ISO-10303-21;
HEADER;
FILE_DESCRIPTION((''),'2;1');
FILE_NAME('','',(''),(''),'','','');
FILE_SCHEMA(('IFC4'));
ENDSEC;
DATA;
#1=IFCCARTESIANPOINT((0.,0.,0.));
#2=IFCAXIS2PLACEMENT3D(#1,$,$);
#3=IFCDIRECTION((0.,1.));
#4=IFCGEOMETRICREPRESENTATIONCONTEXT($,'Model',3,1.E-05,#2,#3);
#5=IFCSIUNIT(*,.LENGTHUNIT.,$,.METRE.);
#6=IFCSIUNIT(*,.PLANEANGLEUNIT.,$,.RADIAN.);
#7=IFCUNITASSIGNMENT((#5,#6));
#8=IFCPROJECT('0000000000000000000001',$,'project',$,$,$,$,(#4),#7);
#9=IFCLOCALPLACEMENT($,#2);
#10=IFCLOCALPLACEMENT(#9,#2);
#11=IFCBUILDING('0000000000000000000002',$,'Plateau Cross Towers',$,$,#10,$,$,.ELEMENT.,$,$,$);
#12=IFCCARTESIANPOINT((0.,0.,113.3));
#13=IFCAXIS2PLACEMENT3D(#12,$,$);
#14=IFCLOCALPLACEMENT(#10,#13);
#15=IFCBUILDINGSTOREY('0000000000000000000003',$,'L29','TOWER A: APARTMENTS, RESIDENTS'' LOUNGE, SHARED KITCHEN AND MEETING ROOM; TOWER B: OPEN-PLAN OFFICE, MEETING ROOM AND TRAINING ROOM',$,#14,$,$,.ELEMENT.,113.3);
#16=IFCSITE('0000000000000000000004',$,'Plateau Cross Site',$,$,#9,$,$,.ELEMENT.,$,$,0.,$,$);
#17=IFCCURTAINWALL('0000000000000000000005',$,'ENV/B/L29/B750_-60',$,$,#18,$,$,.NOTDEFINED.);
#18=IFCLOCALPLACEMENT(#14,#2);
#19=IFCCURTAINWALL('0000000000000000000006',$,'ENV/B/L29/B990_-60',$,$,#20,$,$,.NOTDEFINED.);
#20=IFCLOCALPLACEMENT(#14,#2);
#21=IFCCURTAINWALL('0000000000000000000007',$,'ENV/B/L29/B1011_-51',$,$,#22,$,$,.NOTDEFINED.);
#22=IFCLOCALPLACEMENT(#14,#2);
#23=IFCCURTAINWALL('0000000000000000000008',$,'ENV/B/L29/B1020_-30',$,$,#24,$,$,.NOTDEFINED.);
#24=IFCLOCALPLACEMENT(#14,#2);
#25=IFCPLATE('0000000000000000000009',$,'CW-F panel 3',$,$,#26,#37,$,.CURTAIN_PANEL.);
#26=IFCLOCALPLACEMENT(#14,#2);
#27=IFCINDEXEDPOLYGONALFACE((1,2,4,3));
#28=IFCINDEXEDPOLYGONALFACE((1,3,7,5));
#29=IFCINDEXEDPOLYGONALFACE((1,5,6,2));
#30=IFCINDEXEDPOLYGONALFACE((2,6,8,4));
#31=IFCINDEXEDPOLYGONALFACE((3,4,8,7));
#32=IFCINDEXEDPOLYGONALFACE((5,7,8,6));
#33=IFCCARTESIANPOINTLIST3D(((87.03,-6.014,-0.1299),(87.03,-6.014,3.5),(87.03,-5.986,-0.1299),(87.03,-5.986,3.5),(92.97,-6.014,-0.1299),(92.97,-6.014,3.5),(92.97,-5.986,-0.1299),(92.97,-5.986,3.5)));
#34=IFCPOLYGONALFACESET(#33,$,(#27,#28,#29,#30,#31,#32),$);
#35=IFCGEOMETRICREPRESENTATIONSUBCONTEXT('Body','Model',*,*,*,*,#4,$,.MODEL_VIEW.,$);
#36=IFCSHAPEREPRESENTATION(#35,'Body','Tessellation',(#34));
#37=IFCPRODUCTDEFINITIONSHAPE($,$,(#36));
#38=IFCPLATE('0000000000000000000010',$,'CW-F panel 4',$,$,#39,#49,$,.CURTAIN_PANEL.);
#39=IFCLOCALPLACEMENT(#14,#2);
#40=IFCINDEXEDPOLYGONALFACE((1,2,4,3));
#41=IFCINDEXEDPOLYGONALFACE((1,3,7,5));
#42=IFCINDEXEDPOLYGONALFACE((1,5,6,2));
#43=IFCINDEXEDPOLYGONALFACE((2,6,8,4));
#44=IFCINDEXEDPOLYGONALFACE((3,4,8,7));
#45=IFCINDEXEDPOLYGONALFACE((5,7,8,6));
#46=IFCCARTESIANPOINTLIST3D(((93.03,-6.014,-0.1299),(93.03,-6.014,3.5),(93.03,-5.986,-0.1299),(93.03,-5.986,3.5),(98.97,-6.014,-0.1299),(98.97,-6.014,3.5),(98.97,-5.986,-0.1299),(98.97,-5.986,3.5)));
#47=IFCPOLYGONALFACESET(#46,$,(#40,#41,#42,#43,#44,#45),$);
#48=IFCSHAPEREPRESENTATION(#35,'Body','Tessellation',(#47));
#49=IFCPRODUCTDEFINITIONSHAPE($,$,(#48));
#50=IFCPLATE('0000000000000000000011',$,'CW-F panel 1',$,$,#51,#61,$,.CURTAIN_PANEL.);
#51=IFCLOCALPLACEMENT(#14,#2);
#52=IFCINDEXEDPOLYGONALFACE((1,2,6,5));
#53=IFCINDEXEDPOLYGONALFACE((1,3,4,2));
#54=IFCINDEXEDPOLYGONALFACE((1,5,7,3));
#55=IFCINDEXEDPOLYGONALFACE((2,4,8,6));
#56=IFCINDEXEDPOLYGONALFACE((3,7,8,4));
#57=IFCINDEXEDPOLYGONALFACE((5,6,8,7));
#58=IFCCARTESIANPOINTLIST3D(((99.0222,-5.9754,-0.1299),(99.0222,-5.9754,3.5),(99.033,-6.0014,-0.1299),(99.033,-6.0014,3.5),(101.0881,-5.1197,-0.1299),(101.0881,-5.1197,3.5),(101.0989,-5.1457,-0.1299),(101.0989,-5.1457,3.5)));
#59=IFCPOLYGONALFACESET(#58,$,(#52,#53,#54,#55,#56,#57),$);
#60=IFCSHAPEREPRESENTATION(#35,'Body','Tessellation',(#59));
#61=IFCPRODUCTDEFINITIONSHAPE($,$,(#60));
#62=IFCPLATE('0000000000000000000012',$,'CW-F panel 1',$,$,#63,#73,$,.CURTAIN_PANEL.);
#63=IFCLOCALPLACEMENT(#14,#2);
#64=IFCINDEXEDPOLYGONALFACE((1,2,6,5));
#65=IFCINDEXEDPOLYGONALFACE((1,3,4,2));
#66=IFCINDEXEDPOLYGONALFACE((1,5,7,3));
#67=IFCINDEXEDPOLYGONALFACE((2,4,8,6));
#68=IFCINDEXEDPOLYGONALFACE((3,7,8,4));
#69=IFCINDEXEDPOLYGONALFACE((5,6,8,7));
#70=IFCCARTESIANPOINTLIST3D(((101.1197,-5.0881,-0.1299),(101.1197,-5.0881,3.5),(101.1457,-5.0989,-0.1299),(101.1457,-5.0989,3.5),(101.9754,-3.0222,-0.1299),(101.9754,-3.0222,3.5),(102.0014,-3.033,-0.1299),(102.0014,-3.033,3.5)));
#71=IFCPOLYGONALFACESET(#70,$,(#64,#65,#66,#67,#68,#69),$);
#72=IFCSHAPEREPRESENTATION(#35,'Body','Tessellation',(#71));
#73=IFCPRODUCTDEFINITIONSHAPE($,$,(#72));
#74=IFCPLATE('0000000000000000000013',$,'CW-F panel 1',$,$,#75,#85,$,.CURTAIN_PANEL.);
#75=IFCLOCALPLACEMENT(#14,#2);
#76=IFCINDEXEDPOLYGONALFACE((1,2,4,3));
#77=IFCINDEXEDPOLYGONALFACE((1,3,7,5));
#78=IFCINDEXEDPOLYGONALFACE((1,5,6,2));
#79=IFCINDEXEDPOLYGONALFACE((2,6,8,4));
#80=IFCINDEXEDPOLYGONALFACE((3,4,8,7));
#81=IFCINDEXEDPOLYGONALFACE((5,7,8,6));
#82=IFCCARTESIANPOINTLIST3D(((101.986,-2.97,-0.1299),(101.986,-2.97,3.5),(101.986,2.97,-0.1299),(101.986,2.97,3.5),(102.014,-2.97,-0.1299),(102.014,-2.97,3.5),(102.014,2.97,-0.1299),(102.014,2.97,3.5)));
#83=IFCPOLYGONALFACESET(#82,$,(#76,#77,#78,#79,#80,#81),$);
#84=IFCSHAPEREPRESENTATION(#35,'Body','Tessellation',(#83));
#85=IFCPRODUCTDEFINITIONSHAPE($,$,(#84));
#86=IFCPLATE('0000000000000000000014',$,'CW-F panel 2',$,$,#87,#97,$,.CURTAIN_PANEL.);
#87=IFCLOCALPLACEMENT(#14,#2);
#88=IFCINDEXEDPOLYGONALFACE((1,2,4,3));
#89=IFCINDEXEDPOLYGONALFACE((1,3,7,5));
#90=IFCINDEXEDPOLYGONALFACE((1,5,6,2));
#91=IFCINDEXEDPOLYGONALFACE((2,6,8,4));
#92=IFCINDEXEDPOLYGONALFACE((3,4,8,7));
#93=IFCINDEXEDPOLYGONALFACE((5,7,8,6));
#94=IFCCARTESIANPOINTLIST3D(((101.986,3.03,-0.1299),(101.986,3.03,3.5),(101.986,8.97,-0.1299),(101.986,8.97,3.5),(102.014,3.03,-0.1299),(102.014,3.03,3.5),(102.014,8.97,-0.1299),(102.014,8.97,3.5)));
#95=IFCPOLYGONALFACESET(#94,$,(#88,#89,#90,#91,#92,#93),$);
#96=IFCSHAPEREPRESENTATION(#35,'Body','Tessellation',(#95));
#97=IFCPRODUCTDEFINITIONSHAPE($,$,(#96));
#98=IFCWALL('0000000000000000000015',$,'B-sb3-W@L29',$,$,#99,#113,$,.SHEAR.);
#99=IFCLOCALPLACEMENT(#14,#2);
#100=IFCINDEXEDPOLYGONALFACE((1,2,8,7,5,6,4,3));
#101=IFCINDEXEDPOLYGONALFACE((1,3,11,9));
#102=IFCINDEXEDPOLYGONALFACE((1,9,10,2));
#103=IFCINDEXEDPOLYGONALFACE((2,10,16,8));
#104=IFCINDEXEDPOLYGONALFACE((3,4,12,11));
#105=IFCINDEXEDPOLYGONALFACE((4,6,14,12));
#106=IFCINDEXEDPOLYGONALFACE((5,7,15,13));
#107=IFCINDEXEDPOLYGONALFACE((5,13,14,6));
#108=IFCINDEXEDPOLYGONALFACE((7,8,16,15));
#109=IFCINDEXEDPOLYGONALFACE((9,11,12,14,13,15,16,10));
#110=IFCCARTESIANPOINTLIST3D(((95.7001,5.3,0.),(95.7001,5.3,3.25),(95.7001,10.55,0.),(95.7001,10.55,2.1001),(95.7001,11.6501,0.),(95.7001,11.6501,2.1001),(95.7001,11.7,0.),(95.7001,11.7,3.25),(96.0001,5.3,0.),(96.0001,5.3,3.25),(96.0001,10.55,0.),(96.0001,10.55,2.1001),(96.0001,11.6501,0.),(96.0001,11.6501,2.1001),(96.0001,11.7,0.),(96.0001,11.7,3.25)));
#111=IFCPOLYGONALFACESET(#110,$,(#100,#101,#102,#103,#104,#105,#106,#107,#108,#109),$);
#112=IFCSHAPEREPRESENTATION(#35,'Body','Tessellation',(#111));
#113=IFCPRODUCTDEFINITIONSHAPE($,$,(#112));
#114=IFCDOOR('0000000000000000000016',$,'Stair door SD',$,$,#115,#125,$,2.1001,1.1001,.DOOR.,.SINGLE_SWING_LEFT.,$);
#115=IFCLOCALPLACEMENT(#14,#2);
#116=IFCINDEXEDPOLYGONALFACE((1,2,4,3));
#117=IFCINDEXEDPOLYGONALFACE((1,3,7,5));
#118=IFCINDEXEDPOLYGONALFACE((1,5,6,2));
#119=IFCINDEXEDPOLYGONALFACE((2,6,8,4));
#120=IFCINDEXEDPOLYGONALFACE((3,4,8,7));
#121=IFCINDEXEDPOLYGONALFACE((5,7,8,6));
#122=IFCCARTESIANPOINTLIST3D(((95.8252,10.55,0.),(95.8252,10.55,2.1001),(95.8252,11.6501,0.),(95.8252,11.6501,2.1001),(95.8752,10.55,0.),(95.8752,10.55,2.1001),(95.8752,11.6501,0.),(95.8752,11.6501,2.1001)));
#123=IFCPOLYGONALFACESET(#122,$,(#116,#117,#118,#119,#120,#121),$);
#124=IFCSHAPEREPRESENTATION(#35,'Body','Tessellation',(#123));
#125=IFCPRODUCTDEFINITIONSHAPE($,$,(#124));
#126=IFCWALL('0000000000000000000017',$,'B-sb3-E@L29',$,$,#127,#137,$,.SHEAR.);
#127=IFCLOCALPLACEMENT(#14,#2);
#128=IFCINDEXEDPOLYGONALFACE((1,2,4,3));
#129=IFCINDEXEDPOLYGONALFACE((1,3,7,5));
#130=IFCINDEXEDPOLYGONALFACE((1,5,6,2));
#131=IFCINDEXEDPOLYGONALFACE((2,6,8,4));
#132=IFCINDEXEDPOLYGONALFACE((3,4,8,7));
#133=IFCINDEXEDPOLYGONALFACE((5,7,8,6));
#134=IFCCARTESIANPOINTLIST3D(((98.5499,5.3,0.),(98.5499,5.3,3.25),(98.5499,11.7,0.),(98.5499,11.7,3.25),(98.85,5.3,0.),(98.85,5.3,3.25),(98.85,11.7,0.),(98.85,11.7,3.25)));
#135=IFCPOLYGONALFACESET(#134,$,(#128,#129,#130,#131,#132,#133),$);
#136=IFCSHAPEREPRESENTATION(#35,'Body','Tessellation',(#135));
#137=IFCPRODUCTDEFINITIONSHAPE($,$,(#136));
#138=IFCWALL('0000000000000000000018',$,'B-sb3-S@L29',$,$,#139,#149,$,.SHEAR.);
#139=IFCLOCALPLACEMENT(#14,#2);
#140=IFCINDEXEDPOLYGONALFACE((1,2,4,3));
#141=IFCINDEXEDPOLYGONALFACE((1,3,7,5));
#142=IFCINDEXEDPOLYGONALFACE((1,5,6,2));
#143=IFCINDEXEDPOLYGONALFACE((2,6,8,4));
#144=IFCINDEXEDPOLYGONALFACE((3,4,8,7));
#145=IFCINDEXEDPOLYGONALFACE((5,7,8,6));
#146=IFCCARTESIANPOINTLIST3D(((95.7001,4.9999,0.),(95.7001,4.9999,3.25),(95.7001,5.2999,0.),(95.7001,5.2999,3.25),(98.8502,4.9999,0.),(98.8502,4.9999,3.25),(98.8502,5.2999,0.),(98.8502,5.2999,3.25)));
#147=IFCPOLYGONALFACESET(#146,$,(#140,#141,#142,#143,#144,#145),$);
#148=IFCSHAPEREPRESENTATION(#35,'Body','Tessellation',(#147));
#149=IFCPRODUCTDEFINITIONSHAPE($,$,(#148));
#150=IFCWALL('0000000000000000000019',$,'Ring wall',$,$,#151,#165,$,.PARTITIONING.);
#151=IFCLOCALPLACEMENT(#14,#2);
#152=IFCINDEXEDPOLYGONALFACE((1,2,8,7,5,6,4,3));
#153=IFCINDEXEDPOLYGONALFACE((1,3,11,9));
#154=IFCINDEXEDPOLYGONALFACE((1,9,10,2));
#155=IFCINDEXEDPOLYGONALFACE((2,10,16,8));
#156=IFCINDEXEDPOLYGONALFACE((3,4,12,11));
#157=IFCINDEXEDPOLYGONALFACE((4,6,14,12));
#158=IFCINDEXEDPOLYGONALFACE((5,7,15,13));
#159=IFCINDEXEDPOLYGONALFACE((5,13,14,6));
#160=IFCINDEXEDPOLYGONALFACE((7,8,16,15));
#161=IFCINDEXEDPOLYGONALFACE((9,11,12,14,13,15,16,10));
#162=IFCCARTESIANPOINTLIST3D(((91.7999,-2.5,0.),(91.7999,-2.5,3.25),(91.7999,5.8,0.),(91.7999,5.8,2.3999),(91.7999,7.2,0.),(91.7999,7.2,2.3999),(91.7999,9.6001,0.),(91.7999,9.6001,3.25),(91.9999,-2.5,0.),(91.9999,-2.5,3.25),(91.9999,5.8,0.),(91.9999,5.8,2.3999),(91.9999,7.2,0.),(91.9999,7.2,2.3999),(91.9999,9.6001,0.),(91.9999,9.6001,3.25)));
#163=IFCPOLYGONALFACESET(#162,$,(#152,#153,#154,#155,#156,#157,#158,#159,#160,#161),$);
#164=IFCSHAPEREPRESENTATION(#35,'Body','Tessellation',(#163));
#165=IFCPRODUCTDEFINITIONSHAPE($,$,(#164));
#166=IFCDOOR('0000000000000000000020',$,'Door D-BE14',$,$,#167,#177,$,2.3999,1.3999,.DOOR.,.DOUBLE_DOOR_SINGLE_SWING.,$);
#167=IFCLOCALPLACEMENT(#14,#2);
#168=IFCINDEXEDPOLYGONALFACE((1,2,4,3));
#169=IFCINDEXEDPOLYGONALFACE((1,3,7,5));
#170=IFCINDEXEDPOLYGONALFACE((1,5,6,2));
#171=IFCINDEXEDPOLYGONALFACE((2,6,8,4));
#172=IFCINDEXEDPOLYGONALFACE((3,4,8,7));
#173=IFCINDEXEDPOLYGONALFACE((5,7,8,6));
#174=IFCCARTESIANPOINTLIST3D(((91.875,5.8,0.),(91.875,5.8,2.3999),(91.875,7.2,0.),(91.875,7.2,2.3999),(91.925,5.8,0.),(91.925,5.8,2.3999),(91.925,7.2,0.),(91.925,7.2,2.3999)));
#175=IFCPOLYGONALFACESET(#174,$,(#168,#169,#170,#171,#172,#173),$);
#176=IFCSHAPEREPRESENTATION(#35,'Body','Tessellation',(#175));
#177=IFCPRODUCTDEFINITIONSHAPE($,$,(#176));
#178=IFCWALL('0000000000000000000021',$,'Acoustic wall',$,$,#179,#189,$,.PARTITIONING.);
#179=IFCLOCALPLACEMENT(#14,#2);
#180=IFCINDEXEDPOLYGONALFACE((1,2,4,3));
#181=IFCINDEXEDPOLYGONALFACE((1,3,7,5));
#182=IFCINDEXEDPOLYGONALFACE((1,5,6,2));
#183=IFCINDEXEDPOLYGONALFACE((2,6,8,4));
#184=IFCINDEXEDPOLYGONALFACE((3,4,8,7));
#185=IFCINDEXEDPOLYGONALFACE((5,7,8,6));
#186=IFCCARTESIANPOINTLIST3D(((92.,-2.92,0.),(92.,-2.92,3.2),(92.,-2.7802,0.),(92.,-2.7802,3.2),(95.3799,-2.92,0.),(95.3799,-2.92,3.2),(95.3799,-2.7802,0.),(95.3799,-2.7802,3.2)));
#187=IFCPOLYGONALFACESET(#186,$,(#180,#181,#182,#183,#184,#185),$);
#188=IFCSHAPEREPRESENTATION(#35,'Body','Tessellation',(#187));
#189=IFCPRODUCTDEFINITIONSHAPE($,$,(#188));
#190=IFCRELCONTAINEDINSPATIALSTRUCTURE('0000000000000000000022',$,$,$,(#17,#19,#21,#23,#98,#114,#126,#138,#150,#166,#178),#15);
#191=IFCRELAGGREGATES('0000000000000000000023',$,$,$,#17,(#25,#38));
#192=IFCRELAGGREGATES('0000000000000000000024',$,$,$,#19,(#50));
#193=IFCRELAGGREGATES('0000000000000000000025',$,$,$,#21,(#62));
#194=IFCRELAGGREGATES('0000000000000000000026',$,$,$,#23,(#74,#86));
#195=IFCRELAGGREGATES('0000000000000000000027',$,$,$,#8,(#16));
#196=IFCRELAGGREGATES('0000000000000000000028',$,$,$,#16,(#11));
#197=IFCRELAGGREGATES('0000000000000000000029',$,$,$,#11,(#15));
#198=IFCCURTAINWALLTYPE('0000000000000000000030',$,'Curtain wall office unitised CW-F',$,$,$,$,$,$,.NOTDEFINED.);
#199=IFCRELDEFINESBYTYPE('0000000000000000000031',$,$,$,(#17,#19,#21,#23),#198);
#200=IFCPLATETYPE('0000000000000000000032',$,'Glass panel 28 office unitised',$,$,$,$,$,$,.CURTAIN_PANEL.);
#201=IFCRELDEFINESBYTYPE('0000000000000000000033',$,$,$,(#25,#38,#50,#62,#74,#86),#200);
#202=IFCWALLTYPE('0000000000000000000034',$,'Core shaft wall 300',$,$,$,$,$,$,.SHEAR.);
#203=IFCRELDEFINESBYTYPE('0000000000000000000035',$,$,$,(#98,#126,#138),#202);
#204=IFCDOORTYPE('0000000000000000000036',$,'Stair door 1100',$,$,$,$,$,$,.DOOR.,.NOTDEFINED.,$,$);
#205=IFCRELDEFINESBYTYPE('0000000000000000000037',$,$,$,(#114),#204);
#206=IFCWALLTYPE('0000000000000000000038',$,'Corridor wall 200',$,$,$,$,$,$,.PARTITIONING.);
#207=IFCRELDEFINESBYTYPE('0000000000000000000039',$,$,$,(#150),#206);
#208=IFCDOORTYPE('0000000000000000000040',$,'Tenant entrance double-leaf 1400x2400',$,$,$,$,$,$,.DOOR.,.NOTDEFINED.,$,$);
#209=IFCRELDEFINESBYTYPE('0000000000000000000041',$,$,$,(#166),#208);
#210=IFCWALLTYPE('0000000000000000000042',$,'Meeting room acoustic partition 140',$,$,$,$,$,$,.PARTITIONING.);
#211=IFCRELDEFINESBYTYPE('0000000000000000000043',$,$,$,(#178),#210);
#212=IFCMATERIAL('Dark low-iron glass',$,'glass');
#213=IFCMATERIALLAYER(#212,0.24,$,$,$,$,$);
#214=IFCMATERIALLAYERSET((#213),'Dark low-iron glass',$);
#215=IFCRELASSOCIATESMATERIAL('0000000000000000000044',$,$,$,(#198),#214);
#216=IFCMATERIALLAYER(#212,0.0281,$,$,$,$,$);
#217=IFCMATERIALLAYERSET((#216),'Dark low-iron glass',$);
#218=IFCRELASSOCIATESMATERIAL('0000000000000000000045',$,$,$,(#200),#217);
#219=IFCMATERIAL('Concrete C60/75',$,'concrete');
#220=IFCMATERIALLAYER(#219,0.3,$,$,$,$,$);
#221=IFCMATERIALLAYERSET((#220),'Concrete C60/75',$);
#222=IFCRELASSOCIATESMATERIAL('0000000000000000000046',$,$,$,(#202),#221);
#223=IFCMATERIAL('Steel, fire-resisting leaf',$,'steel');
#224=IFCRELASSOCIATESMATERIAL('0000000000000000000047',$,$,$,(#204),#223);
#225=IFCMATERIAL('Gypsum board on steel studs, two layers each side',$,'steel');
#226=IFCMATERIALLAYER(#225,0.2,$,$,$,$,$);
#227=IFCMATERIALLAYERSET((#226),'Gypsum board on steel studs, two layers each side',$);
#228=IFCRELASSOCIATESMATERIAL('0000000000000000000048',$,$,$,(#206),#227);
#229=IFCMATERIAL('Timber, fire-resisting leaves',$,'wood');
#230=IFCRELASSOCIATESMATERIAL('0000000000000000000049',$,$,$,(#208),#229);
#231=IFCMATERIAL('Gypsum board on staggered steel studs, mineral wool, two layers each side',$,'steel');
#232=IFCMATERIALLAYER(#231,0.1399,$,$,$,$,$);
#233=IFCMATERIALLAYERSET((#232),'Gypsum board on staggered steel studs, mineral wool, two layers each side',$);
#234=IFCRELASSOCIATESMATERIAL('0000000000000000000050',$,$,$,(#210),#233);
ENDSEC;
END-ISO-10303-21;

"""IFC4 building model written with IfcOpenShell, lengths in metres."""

from ifc_helpers import new_model, si_unit, direction, frame, frame_2d, origin, origin_2d, place, context, subcontext, project, spatial, rectangle, extrude, material, layer, layer_set, type_object, element, fill, aggregate, save


model = new_model("IFC4")

# Units and contexts
model_context = context("Model", 3, precision=1e-05, world=origin(), true_north=direction((0.0, 1.0)))
body_context = subcontext(model_context, "Body", "Model", "MODEL_VIEW")
ifc_project = project(units=[si_unit("LENGTHUNIT", "METRE"), si_unit("PLANEANGLEUNIT", "RADIAN")], contexts=[model_context])

# Site, building, storey
site_placement = place(None, origin())
site = spatial("IfcSite", under=ifc_project, at=site_placement, Name="Plateau Cross Site", CompositionType="ELEMENT", RefElevation=0.0)
building_placement = place(site_placement, origin())
building = spatial("IfcBuilding", under=site, at=building_placement, Name="Plateau Cross Towers", CompositionType="ELEMENT")
storey_placement = place(building_placement, frame((0.0, 0.0, 113.3)))
storey = spatial("IfcBuildingStorey", under=building, at=storey_placement, Name="L29", Description="TOWER A: APARTMENTS, RESIDENTS' LOUNGE, SHARED KITCHEN AND MEETING ROOM; TOWER B: OPEN-PLAN OFFICE, MEETING ROOM AND TRAINING ROOM", CompositionType="ELEMENT", Elevation=113.3)

# Shared definitions
ifc_material_1 = material(Name="Concrete C60/75", Category="concrete")

# Curtain walls
ifc_material_2 = material(Name="Dark low-iron glass", Category="glass")
ifc_layer_1 = layer(ifc_material_2, 0.24)
ifc_layer_set_1 = layer_set([ifc_layer_1], Name="Dark low-iron glass")
curtain_wall_type = type_object("IfcCurtainWallType", Name="Curtain wall office unitised CW-F", PredefinedType="NOTDEFINED", material=ifc_layer_set_1)
curtain_wall_1_placement = place(storey_placement, origin())
curtain_wall_1 = element("IfcCurtainWall", 1, at=curtain_wall_1_placement, inside=storey, type_object=curtain_wall_type, Name="ENV/B/L29/B750_-60", PredefinedType="NOTDEFINED")
curtain_wall_2_placement = place(storey_placement, origin())
curtain_wall_2 = element("IfcCurtainWall", 2, at=curtain_wall_2_placement, inside=storey, type_object=curtain_wall_type, Name="ENV/B/L29/B990_-60", PredefinedType="NOTDEFINED")
curtain_wall_3_placement = place(storey_placement, origin())
curtain_wall_3 = element("IfcCurtainWall", 3, at=curtain_wall_3_placement, inside=storey, type_object=curtain_wall_type, Name="ENV/B/L29/B1011_-51", PredefinedType="NOTDEFINED")

# Curtain wall
curtain_wall_4_placement = place(storey_placement, origin())
curtain_wall_4 = element("IfcCurtainWall", 4, at=curtain_wall_4_placement, inside=storey, type_object=curtain_wall_type, Name="ENV/B/L29/B1020_-30", PredefinedType="NOTDEFINED")

# Plates
ifc_layer_2 = layer(ifc_material_2, 0.0281)
ifc_layer_set_2 = layer_set([ifc_layer_2], Name="Dark low-iron glass")
plate_type = type_object("IfcPlateType", Name="Glass panel 28 office unitised", PredefinedType="CURTAIN_PANEL", material=ifc_layer_set_2)
plate_1_placement = place(storey_placement, frame((90.0, -6.0, -0.1299), z_axis=(0.0, 0.0, 1.0), x_axis=(1.0, 0.0, 0.0)))
plate_1 = element("IfcPlate", 5, at=plate_1_placement, type_object=plate_type, Name="CW-F panel 3", PredefinedType="CURTAIN_PANEL", context=body_context, shape_type="SweptSolid", body=[
    extrude(rectangle(XDim=5.9399, YDim=0.0281, at=origin_2d()), origin(), (0.0, 0.0, 1.0), 3.6299),
])
plate_2_placement = place(storey_placement, frame((96.0, -6.0, -0.1299), z_axis=(0.0, 0.0, 1.0), x_axis=(1.0, 0.0, 0.0)))
plate_2 = element("IfcPlate", 6, at=plate_2_placement, type_object=plate_type, Name="CW-F panel 4", PredefinedType="CURTAIN_PANEL", context=body_context, shape_type="SweptSolid", body=[
    extrude(rectangle(XDim=5.9399, YDim=0.0281, at=origin_2d()), origin(), (0.0, 0.0, 1.0), 3.6299),
])
aggregate(curtain_wall_1, [plate_1, plate_2])
plate_3_placement = place(storey_placement, frame((100.0605, -5.5605, -0.1299), z_axis=(0.0, 0.0, 1.0), x_axis=(0.923879, 0.382684, 0.0)))
plate_3 = element("IfcPlate", 7, at=plate_3_placement, type_object=plate_type, Name="CW-F panel 1", PredefinedType="CURTAIN_PANEL", context=body_context, shape_type="SweptSolid", body=[
    extrude(rectangle(XDim=2.2361, YDim=0.0281, at=origin_2d()), origin(), (0.0, 0.0, 1.0), 3.6299),
])
aggregate(curtain_wall_2, [plate_3])
plate_4_placement = place(storey_placement, frame((101.5605, -4.0605, -0.1299), z_axis=(0.0, 0.0, 1.0), x_axis=(0.382684, 0.923879, 0.0)))
plate_4 = element("IfcPlate", 8, at=plate_4_placement, type_object=plate_type, Name="CW-F panel 1", PredefinedType="CURTAIN_PANEL", context=body_context, shape_type="SweptSolid", body=[
    extrude(rectangle(XDim=2.2361, YDim=0.0281, at=origin_2d()), origin(), (0.0, 0.0, 1.0), 3.6299),
])
aggregate(curtain_wall_3, [plate_4])
plate_5_placement = place(storey_placement, frame((102.0, 0.0, -0.1299), z_axis=(0.0, 0.0, 1.0), x_axis=(0.0, 1.0, 0.0)))
plate_5 = element("IfcPlate", 9, at=plate_5_placement, type_object=plate_type, Name="CW-F panel 1", PredefinedType="CURTAIN_PANEL", context=body_context, shape_type="SweptSolid", body=[
    extrude(rectangle(XDim=5.9399, YDim=0.0281, at=origin_2d()), origin(), (0.0, 0.0, 1.0), 3.6299),
])
plate_6_placement = place(storey_placement, frame((102.0, 6.0, -0.1299), z_axis=(0.0, 0.0, 1.0), x_axis=(0.0, 1.0, 0.0)))
plate_6 = element("IfcPlate", 10, at=plate_6_placement, type_object=plate_type, Name="CW-F panel 2", PredefinedType="CURTAIN_PANEL", context=body_context, shape_type="SweptSolid", body=[
    extrude(rectangle(XDim=5.9399, YDim=0.0281, at=origin_2d()), origin(), (0.0, 0.0, 1.0), 3.6299),
])
aggregate(curtain_wall_4, [plate_5, plate_6])

# Wall, opening, door
ifc_layer_3 = layer(ifc_material_1, 0.3)
ifc_layer_set_3 = layer_set([ifc_layer_3], Name="Concrete C60/75")
wall_type_1 = type_object("IfcWallType", Name="Core shaft wall 300", PredefinedType="SHEAR", material=ifc_layer_set_3)
wall_1_placement = place(storey_placement, frame((95.8501, 5.3, 0.0), z_axis=(0.0, 0.0, 1.0), x_axis=(0.0, 1.0, 0.0)))
wall_1 = element("IfcWall", 11, at=wall_1_placement, inside=storey, type_object=wall_type_1, Name="B-sb3-W@L29", PredefinedType="SHEAR", context=body_context, shape_type="SweptSolid", body=[
    extrude(rectangle(XDim=6.3999, YDim=0.3, at=frame_2d((3.2, 0.0))), origin(), (0.0, 0.0, 1.0), 3.25),
])
opening_1_placement = place(wall_1_placement, frame((5.25, 0.0, 0.0)))
opening_1 = element("IfcOpeningElement", 12, at=opening_1_placement, cuts=wall_1, PredefinedType="OPENING", context=body_context, shape_type="SweptSolid", body=[
    extrude(rectangle(XDim=1.1001, YDim=2.1001, at=frame_2d((0.55, 1.05))), frame((0.0, 0.1599, 0.0), z_axis=(0.0, -1.0, 0.0), x_axis=(1.0, 0.0, 0.0)), (0.0, 0.0, 1.0), 0.3201),
])
ifc_material_3 = material(Name="Steel, fire-resisting leaf", Category="steel")
door_type_1 = type_object("IfcDoorType", Name="Stair door 1100", OperationType="NOTDEFINED", PredefinedType="DOOR", material=ifc_material_3)
door_1_placement = place(opening_1_placement, origin())
door_1 = element("IfcDoor", 13, at=door_1_placement, inside=storey, type_object=door_type_1, Name="Stair door SD", OperationType="SINGLE_SWING_LEFT", OverallHeight=2.1001, OverallWidth=1.1001, PredefinedType="DOOR", context=body_context, shape_type="SweptSolid", body=[
    extrude(rectangle(XDim=1.1001, YDim=2.1001, at=frame_2d((0.55, 1.05))), frame((0.0, 0.0249, 0.0), z_axis=(0.0, -1.0, 0.0), x_axis=(1.0, 0.0, 0.0)), (0.0, 0.0, 1.0), 0.05),
])
fill(opening_1, door_1)

# Walls
wall_2_placement = place(storey_placement, frame((98.7, 5.3, 0.0), z_axis=(0.0, 0.0, 1.0), x_axis=(0.0, 1.0, 0.0)))
element("IfcWall", 14, at=wall_2_placement, inside=storey, type_object=wall_type_1, Name="B-sb3-E@L29", PredefinedType="SHEAR", context=body_context, shape_type="SweptSolid", body=[
    extrude(rectangle(XDim=6.3999, YDim=0.3, at=frame_2d((3.2, 0.0))), origin(), (0.0, 0.0, 1.0), 3.25),
])
wall_3_placement = place(storey_placement, frame((95.7, 5.1499, 0.0), z_axis=(0.0, 0.0, 1.0), x_axis=(1.0, 0.0, 0.0)))
element("IfcWall", 15, at=wall_3_placement, inside=storey, type_object=wall_type_1, Name="B-sb3-S@L29", PredefinedType="SHEAR", context=body_context, shape_type="SweptSolid", body=[
    extrude(rectangle(XDim=3.1501, YDim=0.3, at=frame_2d((1.5752, 0.0))), origin(), (0.0, 0.0, 1.0), 3.25),
])

# Wall, opening, door
ifc_material_4 = material(Name="Gypsum board on steel studs, two layers each side", Category="steel")
ifc_layer_4 = layer(ifc_material_4, 0.2)
ifc_layer_set_4 = layer_set([ifc_layer_4], Name="Gypsum board on steel studs, two layers each side")
wall_type_2 = type_object("IfcWallType", Name="Corridor wall 200", PredefinedType="PARTITIONING", material=ifc_layer_set_4)
wall_4_placement = place(storey_placement, frame((91.8999, -2.5, 0.0), z_axis=(0.0, 0.0, 1.0), x_axis=(0.0, 1.0, 0.0)))
wall_4 = element("IfcWall", 16, at=wall_4_placement, inside=storey, type_object=wall_type_2, Name="Ring wall", PredefinedType="PARTITIONING", context=body_context, shape_type="SweptSolid", body=[
    extrude(rectangle(XDim=12.1001, YDim=0.2, at=frame_2d((6.05, 0.0))), origin(), (0.0, 0.0, 1.0), 3.25),
])
opening_2_placement = place(wall_4_placement, frame((8.3, 0.0, 0.0)))
opening_2 = element("IfcOpeningElement", 17, at=opening_2_placement, cuts=wall_4, PredefinedType="OPENING", context=body_context, shape_type="SweptSolid", body=[
    extrude(rectangle(XDim=1.3999, YDim=2.3999, at=frame_2d((0.7, 1.2))), frame((0.0, 0.1099, 0.0), z_axis=(0.0, -1.0, 0.0), x_axis=(1.0, 0.0, 0.0)), (0.0, 0.0, 1.0), 0.22),
])
ifc_material_5 = material(Name="Timber, fire-resisting leaves", Category="wood")
door_type_2 = type_object("IfcDoorType", Name="Tenant entrance double-leaf 1400x2400", OperationType="NOTDEFINED", PredefinedType="DOOR", material=ifc_material_5)
door_2_placement = place(opening_2_placement, origin())
door_2 = element("IfcDoor", 18, at=door_2_placement, inside=storey, type_object=door_type_2, Name="Door D-BE14", OperationType="DOUBLE_DOOR_SINGLE_SWING", OverallHeight=2.3999, OverallWidth=1.3999, PredefinedType="DOOR", context=body_context, shape_type="SweptSolid", body=[
    extrude(rectangle(XDim=1.3999, YDim=2.3999, at=frame_2d((0.7, 1.2))), frame((0.0, 0.0249, 0.0), z_axis=(0.0, -1.0, 0.0), x_axis=(1.0, 0.0, 0.0)), (0.0, 0.0, 1.0), 0.05),
])
fill(opening_2, door_2)
ifc_material_6 = material(Name="Gypsum board on staggered steel studs, mineral wool, two layers each side", Category="steel")
ifc_layer_5 = layer(ifc_material_6, 0.1399)
ifc_layer_set_5 = layer_set([ifc_layer_5], Name="Gypsum board on staggered steel studs, mineral wool, two layers each side")
wall_type_3 = type_object("IfcWallType", Name="Meeting room acoustic partition 140", PredefinedType="PARTITIONING", material=ifc_layer_set_5)

# Wall
wall_5_placement = place(storey_placement, frame((92.0, -2.8501, 0.0), z_axis=(0.0, 0.0, 1.0), x_axis=(1.0, 0.0, 0.0)))
element("IfcWall", 19, at=wall_5_placement, inside=storey, type_object=wall_type_3, Name="Acoustic wall", PredefinedType="PARTITIONING", context=body_context, shape_type="SweptSolid", body=[
    extrude(rectangle(XDim=3.3799, YDim=0.1399, at=frame_2d((1.6899, 0.0))), origin(), (0.0, 0.0, 1.0), 3.2),
])

save(model, "model.ifc")
